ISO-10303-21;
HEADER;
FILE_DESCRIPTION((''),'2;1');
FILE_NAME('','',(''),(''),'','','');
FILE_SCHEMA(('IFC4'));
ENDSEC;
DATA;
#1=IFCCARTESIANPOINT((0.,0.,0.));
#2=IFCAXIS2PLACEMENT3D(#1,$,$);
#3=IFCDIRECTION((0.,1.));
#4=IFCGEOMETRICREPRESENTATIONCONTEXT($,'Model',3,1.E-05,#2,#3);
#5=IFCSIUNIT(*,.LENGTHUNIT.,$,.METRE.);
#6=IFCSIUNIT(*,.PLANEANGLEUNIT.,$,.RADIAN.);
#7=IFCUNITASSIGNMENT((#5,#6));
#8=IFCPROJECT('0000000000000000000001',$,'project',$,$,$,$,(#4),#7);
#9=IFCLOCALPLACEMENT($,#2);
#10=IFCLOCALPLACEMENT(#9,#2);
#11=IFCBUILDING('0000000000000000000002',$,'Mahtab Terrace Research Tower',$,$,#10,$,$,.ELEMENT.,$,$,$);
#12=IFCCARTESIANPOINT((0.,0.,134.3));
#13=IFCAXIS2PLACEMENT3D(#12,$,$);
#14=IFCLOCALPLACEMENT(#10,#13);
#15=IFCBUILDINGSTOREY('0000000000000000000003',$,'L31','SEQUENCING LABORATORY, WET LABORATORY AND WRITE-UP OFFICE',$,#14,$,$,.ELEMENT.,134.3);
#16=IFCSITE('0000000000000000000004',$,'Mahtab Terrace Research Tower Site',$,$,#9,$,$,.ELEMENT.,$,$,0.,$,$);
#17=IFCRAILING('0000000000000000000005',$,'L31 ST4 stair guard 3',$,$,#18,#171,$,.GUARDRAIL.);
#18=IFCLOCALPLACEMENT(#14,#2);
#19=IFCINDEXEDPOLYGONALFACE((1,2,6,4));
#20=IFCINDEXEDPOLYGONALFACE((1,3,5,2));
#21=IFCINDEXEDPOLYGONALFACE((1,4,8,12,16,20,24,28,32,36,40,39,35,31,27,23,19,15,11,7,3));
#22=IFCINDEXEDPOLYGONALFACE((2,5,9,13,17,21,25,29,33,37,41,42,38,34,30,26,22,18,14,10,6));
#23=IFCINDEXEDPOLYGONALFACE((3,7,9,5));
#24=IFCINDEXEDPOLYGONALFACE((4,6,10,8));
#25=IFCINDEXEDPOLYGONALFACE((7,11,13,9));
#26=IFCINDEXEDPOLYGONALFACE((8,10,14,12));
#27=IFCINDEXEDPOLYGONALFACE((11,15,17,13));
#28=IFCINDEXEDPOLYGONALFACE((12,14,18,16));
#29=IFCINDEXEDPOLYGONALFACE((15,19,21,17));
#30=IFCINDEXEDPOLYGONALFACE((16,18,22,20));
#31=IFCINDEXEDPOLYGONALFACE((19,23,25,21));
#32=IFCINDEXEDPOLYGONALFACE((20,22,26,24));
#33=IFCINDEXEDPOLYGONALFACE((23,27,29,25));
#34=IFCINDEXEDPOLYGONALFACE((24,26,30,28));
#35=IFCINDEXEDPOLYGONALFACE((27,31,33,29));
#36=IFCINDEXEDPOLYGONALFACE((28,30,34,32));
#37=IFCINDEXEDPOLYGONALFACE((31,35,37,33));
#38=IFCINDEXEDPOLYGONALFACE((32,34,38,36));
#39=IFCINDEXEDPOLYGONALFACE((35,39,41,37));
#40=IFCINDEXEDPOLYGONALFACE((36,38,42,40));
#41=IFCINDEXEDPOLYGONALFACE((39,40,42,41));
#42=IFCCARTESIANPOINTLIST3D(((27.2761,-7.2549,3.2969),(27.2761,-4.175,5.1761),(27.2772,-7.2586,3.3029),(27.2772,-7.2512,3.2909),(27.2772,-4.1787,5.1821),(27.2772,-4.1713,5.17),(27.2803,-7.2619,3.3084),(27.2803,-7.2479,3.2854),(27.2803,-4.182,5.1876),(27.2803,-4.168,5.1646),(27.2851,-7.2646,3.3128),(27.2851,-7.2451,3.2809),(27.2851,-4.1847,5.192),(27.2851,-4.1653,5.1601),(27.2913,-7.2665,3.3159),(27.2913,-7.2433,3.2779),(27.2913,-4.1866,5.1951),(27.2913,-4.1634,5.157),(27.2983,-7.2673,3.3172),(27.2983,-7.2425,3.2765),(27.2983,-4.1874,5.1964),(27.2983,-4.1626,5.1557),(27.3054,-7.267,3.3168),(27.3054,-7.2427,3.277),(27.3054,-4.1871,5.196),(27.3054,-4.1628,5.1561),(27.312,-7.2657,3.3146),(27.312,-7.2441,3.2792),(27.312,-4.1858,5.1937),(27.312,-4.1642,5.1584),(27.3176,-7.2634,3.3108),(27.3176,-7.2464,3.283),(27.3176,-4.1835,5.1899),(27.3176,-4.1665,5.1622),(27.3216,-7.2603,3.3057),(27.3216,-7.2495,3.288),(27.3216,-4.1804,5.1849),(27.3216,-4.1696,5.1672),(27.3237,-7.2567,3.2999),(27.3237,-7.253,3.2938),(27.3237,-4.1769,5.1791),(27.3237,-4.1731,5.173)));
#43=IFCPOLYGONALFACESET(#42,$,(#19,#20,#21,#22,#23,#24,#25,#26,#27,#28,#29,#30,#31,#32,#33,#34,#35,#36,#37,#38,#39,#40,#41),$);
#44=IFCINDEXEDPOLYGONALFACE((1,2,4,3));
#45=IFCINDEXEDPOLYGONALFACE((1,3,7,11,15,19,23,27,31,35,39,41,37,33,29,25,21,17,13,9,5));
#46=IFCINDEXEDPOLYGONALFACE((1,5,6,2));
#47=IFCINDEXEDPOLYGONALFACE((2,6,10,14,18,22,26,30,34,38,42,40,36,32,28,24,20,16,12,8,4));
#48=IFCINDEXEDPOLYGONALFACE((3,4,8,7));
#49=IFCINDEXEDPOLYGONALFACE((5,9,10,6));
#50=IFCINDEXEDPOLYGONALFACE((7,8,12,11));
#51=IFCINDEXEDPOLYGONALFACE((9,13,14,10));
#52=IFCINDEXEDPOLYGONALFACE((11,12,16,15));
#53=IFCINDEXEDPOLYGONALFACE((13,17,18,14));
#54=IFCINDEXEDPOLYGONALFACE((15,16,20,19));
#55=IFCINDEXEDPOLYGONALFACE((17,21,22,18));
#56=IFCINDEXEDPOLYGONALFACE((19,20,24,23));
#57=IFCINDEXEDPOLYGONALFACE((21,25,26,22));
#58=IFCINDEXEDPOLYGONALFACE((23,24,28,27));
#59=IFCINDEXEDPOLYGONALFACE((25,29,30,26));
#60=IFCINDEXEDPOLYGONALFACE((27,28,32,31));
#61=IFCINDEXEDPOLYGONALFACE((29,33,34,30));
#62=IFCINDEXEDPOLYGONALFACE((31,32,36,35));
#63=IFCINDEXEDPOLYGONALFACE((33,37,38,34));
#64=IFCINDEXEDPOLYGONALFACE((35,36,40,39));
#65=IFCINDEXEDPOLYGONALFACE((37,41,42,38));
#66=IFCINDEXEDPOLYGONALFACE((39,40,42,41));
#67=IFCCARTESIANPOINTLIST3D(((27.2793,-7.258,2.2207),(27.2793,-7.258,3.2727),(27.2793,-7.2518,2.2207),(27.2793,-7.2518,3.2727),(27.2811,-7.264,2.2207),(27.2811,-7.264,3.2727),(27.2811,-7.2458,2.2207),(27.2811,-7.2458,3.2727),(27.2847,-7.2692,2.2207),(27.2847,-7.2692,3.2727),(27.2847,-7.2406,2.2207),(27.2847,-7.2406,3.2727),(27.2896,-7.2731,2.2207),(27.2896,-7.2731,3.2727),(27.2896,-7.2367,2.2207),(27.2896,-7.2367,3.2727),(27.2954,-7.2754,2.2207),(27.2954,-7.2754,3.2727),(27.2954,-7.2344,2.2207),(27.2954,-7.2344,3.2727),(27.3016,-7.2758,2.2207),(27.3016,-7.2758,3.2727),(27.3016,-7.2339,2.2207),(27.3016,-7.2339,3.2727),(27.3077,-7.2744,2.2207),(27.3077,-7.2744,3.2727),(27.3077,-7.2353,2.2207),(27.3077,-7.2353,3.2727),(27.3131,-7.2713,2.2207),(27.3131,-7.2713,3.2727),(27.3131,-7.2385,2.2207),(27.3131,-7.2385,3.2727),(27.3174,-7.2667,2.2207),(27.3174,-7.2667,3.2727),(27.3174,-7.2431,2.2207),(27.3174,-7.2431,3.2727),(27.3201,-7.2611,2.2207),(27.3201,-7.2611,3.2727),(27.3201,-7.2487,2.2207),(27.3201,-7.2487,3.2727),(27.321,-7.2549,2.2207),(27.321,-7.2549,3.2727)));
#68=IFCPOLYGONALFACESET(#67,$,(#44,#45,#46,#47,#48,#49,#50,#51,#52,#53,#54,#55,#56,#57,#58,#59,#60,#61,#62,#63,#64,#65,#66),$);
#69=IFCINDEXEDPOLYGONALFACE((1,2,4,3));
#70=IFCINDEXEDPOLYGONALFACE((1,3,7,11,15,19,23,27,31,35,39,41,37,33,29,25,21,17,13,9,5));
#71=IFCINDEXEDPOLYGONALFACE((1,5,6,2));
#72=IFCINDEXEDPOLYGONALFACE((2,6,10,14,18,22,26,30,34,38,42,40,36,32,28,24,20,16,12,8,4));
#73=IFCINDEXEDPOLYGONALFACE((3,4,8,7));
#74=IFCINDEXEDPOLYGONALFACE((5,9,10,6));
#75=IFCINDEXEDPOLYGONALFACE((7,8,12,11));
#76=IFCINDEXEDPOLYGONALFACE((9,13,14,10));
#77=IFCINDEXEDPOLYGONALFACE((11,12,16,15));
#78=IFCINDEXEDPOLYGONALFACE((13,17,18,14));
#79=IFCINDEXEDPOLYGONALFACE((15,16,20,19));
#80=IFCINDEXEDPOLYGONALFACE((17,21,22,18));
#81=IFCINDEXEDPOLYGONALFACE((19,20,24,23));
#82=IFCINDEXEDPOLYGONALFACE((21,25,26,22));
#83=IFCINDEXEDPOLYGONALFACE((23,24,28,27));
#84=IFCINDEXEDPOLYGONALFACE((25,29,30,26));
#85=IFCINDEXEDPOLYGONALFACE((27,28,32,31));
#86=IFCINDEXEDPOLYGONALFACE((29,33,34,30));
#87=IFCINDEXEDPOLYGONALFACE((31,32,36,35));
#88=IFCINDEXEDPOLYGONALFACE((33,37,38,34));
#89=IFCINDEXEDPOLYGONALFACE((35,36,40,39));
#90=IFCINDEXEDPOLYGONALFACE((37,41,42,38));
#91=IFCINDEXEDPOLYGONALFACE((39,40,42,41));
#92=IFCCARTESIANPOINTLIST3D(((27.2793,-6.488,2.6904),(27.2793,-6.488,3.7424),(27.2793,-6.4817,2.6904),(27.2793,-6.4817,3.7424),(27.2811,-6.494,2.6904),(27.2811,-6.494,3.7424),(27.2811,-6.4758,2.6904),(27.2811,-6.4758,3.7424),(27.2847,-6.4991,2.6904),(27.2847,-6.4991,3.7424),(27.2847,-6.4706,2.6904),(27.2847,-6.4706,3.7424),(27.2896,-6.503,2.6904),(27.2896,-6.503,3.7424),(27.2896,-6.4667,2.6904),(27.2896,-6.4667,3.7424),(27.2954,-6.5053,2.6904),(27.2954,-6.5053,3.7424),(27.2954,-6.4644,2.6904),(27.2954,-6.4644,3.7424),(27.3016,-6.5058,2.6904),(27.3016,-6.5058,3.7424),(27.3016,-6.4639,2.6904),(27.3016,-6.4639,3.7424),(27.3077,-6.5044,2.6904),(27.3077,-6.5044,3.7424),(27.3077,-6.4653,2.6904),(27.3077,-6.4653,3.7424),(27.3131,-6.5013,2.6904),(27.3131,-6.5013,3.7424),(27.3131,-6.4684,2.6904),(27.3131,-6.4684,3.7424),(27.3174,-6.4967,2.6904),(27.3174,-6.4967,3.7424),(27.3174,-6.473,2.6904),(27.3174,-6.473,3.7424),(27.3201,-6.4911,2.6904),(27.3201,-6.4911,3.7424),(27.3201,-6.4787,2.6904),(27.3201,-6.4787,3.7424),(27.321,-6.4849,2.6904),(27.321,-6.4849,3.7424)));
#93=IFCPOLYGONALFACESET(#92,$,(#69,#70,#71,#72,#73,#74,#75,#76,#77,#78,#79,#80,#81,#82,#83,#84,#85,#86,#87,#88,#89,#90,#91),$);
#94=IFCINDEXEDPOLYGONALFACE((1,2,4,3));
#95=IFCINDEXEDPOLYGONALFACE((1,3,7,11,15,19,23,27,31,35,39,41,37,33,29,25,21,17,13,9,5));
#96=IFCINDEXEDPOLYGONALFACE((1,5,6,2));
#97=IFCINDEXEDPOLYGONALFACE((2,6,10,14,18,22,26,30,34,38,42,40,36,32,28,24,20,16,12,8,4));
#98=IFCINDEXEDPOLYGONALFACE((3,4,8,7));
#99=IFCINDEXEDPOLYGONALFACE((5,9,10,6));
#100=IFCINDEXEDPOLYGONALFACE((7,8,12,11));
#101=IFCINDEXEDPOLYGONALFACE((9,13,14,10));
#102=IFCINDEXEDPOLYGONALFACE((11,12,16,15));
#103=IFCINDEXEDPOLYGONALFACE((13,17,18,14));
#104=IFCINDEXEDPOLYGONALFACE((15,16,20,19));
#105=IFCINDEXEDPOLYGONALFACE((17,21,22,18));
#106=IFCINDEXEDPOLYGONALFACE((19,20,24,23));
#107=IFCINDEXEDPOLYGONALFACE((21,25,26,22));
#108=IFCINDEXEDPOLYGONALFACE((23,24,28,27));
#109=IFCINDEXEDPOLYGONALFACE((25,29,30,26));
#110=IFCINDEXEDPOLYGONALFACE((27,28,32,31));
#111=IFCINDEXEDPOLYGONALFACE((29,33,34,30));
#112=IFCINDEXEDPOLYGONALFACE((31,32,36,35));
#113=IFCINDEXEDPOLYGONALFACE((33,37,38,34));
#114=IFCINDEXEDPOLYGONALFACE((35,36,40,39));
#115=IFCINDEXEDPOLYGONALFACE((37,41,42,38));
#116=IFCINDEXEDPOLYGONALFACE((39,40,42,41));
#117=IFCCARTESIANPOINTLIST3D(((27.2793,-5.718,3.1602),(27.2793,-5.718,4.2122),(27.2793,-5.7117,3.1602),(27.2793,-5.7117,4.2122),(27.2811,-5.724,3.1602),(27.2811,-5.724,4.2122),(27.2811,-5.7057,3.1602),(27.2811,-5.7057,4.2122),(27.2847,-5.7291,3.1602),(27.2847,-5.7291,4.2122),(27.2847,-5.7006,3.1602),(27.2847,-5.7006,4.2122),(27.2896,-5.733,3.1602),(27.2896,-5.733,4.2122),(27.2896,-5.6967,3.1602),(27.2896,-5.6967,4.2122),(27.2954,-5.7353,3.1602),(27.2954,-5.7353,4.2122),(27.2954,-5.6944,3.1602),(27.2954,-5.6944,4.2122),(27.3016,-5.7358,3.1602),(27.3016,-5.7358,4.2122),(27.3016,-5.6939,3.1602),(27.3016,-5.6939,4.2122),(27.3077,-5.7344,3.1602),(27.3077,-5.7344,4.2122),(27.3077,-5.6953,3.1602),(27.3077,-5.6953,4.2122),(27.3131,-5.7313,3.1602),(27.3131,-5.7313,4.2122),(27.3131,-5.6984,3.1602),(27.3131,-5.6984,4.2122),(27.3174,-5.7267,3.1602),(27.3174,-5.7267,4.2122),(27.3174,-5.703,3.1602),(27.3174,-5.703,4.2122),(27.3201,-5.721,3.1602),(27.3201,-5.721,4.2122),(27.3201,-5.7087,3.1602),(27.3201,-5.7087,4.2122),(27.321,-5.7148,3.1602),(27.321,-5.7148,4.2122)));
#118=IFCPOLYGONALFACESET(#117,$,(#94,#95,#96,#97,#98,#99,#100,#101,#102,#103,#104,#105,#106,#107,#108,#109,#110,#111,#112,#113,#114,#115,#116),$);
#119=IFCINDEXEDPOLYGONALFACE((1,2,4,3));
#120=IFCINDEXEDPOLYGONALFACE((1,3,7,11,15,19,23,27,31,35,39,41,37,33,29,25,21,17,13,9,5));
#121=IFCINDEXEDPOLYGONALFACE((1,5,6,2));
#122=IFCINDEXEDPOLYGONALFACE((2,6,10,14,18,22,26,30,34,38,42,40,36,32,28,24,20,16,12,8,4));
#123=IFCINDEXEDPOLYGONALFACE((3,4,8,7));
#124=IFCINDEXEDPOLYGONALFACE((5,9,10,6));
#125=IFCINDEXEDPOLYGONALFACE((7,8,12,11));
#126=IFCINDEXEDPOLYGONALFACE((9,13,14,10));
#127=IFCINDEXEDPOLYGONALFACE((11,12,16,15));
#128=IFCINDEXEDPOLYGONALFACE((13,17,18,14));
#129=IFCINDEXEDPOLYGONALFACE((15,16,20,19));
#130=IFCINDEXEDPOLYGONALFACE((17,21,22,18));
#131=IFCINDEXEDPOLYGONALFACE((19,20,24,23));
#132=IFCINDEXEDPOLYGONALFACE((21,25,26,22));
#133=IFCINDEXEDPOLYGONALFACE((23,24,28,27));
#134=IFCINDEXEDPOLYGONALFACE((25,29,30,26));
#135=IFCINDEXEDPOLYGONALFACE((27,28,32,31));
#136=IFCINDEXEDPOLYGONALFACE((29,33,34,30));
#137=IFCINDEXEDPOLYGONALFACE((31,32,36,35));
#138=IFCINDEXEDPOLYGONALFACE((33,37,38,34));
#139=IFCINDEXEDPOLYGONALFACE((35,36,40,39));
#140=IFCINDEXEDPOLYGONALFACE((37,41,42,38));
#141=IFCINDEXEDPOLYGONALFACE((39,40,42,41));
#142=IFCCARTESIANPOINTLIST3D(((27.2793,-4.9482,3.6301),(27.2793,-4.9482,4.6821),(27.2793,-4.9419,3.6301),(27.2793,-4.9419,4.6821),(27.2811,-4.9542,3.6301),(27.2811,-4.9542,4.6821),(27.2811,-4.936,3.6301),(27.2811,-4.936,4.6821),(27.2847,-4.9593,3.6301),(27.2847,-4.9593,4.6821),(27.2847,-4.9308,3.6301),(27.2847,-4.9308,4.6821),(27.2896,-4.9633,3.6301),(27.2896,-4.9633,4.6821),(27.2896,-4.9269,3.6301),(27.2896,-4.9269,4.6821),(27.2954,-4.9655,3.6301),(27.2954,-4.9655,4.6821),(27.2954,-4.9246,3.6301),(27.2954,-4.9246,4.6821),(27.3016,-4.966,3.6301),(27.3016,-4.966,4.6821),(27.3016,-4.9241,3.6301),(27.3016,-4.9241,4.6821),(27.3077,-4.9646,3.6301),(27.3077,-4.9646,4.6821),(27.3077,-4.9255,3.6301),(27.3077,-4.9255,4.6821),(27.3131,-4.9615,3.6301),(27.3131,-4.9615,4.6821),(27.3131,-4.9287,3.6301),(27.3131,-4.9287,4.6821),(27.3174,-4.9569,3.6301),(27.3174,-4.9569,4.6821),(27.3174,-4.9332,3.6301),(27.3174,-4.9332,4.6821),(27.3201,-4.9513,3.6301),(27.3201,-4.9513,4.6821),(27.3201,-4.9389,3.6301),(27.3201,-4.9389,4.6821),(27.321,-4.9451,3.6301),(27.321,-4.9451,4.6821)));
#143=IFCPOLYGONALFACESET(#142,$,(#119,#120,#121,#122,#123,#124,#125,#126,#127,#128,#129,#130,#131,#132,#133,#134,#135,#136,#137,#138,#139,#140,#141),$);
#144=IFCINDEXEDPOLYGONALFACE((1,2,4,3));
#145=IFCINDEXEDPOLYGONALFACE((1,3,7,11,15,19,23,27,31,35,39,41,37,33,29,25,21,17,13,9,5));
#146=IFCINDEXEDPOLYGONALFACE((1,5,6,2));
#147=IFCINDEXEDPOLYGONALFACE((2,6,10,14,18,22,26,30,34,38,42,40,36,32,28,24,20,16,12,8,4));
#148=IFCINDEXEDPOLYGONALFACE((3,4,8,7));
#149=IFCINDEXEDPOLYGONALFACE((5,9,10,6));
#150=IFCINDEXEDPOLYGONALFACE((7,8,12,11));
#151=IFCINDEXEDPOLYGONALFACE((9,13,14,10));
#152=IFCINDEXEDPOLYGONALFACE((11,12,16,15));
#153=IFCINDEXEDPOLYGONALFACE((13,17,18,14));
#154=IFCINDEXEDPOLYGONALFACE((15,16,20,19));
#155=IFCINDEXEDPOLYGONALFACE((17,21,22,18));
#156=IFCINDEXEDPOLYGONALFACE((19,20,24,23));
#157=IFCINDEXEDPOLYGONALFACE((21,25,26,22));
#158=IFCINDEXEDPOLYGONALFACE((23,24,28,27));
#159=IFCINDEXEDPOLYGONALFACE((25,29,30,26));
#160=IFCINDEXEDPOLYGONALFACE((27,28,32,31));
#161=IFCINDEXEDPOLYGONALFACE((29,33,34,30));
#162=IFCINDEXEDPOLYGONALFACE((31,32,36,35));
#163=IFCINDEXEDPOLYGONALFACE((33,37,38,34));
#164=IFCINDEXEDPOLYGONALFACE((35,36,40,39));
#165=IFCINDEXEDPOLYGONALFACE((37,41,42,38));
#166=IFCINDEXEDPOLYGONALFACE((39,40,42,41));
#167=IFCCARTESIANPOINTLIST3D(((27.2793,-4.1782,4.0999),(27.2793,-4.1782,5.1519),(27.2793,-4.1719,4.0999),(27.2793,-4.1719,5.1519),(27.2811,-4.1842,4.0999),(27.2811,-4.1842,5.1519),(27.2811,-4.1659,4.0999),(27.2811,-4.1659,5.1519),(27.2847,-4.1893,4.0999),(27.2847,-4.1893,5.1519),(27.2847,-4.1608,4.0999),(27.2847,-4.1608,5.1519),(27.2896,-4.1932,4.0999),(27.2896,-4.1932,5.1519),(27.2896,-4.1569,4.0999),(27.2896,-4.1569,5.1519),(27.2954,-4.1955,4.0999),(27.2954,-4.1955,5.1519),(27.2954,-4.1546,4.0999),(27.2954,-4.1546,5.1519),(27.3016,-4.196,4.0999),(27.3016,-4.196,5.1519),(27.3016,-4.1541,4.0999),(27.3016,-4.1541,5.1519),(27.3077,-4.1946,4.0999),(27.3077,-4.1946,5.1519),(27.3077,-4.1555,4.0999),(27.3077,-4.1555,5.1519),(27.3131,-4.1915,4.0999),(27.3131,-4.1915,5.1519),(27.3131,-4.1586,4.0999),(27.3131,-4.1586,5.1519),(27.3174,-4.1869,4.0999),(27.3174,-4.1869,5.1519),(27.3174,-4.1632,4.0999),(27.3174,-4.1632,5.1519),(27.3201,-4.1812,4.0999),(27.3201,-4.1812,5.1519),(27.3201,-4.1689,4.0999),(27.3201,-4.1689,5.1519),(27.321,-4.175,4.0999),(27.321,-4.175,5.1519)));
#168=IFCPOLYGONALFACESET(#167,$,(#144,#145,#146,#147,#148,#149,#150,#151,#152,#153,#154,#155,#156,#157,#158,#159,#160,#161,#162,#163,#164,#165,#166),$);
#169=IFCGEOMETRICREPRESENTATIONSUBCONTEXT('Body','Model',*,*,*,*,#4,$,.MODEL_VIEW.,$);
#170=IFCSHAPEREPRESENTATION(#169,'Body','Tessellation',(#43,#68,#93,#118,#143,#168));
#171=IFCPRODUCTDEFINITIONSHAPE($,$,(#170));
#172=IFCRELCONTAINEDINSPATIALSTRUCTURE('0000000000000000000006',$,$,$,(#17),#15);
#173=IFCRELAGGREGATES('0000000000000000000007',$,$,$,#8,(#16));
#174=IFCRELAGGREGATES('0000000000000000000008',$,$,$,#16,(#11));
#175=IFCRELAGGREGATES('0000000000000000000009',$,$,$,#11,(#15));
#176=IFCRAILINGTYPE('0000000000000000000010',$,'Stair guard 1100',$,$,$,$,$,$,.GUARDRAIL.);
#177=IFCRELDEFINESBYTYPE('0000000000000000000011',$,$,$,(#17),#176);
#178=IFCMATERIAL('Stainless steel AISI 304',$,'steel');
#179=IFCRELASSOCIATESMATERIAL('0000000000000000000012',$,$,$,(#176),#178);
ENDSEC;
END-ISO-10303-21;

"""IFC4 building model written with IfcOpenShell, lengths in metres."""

from ifc_helpers import new_model, si_unit, direction, frame, origin, origin_2d, place, context, subcontext, project, spatial, circle, extrude, material, type_object, element, save


model = new_model("IFC4")

# Units and contexts
model_context = context("Model", 3, precision=1e-05, world=origin(), true_north=direction((0.0, 1.0)))
body_context = subcontext(model_context, "Body", "Model", "MODEL_VIEW")
ifc_project = project(units=[si_unit("LENGTHUNIT", "METRE"), si_unit("PLANEANGLEUNIT", "RADIAN")], contexts=[model_context])

# Site, building, storey
site_placement = place(None, origin())
site = spatial("IfcSite", under=ifc_project, at=site_placement, Name="Mahtab Terrace Research Tower Site", CompositionType="ELEMENT", RefElevation=0.0)
building_placement = place(site_placement, origin())
building = spatial("IfcBuilding", under=site, at=building_placement, Name="Mahtab Terrace Research Tower", CompositionType="ELEMENT")
storey_placement = place(building_placement, frame((0.0, 0.0, 134.3)))
storey = spatial("IfcBuildingStorey", under=building, at=storey_placement, Name="L31", Description="SEQUENCING LABORATORY, WET LABORATORY AND WRITE-UP OFFICE", CompositionType="ELEMENT", Elevation=134.3)

# Railing
ifc_material_1 = material(Name="Stainless steel AISI 304", Category="steel")
railing_type_1 = type_object("IfcRailingType", Name="Stair guard 1100", PredefinedType="GUARDRAIL", material=ifc_material_1)
railing_1_placement = place(storey_placement, frame((27.3, -7.2549, 2.2207)))
element("IfcRailing", 1, at=railing_1_placement, inside=storey, type_object=railing_type_1, Name="L31 ST4 stair guard 3", PredefinedType="GUARDRAIL", context=body_context, shape_type="SweptSolid", body=[
    extrude(circle(Radius=0.0239, at=origin_2d()), frame((0.0, 0.0, 1.0762), z_axis=(0.0, 0.853648, 0.52085), x_axis=(-1.0, 0.0, 0.0)), (0.0, 0.0, 1.0), 3.6079),
    extrude(circle(Radius=0.021, at=origin_2d()), origin(), (0.0, 0.0, 1.0), 1.052),
    extrude(circle(Radius=0.021, at=origin_2d()), frame((0.0, 0.77, 0.4697)), (0.0, 0.0, 1.0), 1.052),
    extrude(circle(Radius=0.021, at=origin_2d()), frame((0.0, 1.54, 0.9395)), (0.0, 0.0, 1.0), 1.052),
    extrude(circle(Radius=0.021, at=origin_2d()), frame((0.0, 2.3098, 1.4094)), (0.0, 0.0, 1.0), 1.052),
    extrude(circle(Radius=0.021, at=origin_2d()), frame((0.0, 3.0798, 1.8792)), (0.0, 0.0, 1.0), 1.052),
])

save(model, "model.ifc")
